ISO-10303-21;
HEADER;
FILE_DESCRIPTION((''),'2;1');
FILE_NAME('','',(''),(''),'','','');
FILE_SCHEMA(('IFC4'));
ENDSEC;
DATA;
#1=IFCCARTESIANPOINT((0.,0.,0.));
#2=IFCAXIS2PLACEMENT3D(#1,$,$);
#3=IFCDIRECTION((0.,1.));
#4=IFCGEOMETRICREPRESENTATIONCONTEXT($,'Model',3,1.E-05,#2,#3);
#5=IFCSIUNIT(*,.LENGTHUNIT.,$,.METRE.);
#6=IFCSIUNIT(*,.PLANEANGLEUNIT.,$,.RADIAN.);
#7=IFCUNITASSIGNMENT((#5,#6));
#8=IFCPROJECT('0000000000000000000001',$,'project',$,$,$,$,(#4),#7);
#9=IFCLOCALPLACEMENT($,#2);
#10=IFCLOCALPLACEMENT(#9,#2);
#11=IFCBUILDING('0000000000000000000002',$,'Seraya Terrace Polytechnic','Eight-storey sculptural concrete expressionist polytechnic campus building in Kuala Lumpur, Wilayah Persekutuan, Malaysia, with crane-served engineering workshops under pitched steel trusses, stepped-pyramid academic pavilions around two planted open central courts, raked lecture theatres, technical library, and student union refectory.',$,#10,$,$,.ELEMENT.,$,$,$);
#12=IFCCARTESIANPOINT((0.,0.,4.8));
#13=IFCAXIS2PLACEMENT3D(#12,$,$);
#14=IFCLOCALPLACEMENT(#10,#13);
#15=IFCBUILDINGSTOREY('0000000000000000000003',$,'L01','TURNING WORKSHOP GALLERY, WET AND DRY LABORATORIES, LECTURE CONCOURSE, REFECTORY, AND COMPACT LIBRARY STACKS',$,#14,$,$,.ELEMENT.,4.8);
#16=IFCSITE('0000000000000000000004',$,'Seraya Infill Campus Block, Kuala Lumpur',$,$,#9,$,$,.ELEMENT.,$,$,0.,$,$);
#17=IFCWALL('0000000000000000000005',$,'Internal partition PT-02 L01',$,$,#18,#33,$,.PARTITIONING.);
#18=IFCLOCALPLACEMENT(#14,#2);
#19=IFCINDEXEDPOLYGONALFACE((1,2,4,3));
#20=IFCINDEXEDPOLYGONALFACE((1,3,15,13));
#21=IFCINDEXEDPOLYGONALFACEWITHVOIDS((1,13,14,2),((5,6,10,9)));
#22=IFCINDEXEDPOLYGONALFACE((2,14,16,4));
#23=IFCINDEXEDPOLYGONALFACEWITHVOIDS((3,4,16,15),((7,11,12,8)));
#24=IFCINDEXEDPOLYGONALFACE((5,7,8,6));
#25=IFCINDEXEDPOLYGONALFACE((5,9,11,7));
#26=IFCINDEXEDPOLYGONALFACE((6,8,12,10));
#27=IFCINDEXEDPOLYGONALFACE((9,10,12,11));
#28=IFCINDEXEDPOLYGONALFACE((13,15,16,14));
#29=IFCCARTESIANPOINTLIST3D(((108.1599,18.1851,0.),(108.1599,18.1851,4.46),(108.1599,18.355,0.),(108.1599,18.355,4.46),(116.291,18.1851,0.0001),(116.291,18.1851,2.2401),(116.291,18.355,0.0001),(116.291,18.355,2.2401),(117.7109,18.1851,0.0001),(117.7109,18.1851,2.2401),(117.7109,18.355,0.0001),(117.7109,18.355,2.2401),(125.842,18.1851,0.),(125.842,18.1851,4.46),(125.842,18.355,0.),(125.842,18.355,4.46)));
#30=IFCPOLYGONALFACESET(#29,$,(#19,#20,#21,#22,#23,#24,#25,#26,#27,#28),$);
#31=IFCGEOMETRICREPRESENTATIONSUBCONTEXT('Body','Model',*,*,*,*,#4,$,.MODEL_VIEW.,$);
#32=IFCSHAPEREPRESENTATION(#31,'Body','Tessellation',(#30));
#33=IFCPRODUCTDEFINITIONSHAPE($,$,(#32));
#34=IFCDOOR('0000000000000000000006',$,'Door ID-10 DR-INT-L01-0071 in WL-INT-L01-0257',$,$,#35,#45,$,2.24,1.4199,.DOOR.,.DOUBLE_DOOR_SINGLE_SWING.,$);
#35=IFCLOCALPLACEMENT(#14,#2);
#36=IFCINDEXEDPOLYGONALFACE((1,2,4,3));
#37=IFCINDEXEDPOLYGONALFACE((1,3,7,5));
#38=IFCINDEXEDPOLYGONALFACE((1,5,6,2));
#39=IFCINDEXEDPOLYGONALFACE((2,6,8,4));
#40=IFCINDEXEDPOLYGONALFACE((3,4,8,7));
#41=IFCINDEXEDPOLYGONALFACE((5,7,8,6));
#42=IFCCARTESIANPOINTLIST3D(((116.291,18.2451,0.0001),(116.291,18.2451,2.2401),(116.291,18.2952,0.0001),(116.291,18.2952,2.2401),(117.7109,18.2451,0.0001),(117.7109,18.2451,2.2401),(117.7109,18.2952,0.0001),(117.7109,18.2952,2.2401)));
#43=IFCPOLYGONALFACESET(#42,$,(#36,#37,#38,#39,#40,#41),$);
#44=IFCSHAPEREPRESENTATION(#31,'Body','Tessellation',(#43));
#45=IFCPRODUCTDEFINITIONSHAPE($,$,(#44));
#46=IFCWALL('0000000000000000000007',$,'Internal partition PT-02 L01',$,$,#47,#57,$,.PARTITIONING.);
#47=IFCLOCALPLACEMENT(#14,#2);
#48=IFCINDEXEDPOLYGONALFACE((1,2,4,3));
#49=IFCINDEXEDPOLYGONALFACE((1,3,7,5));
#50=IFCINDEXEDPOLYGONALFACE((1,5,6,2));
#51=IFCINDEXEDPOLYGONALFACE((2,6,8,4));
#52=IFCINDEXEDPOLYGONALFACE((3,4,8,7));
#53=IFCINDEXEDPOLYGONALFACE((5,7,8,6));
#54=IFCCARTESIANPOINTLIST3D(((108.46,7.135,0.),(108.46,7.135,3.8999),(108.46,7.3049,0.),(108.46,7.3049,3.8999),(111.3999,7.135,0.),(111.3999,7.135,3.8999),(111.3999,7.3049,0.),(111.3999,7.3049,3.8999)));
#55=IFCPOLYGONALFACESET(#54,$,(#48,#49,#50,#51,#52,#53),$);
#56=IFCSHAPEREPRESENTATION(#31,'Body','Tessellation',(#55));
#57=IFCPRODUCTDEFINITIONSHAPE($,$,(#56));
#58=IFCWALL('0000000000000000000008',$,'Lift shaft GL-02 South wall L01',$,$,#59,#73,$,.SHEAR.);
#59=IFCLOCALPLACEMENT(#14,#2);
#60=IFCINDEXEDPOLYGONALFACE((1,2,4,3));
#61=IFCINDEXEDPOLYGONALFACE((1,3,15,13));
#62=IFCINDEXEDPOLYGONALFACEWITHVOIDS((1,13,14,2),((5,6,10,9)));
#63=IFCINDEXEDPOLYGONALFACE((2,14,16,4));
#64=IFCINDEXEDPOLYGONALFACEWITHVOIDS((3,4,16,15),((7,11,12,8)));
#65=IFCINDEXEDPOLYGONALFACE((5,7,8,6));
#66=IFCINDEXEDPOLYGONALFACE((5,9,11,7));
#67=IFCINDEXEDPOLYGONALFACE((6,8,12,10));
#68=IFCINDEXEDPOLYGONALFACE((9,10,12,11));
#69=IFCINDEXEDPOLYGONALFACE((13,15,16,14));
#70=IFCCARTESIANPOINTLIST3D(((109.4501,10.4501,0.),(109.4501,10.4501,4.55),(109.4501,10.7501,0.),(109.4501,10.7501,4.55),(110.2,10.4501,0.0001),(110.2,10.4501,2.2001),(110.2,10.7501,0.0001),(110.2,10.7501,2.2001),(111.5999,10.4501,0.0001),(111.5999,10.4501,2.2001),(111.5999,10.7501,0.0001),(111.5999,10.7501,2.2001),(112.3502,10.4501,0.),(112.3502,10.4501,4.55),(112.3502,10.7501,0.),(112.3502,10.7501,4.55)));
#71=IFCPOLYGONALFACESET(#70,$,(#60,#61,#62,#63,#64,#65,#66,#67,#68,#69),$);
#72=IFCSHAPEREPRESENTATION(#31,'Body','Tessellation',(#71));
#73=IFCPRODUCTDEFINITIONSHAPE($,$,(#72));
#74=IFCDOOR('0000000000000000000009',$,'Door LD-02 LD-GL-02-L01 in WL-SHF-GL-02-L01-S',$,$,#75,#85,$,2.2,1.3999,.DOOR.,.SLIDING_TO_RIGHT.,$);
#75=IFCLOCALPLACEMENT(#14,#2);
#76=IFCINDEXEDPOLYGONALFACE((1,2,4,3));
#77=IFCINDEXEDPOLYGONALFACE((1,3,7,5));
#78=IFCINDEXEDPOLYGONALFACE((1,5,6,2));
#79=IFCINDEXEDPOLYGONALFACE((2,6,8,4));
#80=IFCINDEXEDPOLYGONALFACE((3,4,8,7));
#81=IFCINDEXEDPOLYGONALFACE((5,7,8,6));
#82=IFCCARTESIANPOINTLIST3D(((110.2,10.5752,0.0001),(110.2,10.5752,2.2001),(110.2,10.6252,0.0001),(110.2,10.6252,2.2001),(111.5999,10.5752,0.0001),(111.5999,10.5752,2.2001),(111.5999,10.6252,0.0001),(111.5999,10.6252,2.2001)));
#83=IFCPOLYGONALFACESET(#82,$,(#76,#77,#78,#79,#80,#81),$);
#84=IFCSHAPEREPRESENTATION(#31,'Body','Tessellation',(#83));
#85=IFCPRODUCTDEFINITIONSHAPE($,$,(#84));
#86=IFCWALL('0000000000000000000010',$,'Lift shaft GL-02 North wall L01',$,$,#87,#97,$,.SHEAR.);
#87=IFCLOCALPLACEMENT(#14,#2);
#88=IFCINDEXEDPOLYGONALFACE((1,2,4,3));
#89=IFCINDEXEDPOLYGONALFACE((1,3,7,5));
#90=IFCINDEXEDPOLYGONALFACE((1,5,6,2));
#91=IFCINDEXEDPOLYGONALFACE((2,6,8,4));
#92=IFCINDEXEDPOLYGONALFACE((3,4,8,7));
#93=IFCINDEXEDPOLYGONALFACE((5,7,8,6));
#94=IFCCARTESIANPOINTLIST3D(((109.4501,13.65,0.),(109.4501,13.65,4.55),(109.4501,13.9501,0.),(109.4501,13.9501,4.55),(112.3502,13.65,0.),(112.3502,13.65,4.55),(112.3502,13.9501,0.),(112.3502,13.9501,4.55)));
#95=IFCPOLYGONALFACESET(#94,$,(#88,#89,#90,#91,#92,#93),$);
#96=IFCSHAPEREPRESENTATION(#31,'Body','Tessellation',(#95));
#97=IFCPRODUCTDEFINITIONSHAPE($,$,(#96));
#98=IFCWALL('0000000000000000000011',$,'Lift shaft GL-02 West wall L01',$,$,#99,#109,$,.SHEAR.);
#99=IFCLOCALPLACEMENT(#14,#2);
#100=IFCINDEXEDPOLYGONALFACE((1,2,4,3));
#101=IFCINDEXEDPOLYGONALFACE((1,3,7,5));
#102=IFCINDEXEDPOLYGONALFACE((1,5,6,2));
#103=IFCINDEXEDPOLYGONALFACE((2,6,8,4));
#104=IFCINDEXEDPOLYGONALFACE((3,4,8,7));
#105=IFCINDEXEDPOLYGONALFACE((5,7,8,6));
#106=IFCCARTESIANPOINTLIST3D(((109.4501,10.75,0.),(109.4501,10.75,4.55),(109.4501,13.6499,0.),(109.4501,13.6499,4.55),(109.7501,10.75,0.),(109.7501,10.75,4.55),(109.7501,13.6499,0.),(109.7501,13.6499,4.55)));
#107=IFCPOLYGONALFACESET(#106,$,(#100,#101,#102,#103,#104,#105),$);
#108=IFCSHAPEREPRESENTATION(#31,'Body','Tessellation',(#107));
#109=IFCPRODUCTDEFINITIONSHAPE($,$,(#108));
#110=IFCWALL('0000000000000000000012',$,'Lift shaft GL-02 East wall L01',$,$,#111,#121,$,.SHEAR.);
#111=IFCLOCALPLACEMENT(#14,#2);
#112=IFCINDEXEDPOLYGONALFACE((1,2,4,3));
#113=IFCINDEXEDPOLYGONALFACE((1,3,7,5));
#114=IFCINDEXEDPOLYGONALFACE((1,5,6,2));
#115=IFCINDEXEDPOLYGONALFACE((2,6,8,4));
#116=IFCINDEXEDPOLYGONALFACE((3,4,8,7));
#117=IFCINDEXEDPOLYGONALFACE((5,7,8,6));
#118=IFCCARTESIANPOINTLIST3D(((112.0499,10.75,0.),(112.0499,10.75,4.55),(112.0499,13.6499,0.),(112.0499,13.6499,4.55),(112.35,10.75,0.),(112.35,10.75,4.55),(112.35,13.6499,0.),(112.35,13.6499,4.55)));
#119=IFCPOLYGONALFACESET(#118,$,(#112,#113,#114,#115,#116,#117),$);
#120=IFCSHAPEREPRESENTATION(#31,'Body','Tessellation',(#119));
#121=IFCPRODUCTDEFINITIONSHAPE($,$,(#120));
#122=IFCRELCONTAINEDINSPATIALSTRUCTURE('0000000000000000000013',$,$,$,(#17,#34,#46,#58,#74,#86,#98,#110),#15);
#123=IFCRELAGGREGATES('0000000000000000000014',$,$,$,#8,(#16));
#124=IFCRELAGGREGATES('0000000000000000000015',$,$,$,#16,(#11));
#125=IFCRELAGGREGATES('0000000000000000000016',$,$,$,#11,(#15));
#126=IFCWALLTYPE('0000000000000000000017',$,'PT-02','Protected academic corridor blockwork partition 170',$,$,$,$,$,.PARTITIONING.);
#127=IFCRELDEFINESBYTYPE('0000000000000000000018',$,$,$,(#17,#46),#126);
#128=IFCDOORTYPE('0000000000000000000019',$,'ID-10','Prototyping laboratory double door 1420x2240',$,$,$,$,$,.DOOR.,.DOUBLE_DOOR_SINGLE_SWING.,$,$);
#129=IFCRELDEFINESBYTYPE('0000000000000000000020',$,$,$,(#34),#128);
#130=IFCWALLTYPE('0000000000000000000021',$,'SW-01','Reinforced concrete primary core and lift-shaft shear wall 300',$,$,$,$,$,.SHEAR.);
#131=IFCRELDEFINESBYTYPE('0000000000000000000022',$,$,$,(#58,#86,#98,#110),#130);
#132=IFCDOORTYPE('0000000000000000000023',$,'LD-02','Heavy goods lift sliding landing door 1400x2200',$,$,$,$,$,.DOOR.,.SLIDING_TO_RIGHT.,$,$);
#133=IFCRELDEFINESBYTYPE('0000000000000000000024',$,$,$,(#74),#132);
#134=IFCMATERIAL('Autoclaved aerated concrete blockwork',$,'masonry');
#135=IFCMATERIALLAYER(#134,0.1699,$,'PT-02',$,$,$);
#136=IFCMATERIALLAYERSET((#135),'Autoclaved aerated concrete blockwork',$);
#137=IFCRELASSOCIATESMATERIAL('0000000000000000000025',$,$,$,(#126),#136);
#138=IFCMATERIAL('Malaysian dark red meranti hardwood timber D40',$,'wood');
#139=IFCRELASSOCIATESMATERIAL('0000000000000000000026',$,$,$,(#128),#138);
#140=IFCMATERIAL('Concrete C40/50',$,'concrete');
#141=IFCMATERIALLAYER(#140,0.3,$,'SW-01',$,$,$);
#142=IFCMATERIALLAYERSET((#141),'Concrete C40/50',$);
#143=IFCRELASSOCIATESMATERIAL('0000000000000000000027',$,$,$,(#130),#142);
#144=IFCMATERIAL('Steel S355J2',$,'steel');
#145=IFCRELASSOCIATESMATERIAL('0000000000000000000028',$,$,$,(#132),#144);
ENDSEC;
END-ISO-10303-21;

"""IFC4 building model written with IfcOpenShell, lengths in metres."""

from ifc_helpers import new_model, si_unit, direction, frame, frame_2d, origin, place, context, subcontext, project, spatial, rectangle, extrude, material, layer, layer_set, type_object, element, fill, save


model = new_model("IFC4")

# Units and contexts
model_context = context("Model", 3, precision=1e-05, world=origin(), true_north=direction((0.0, 1.0)))
body_context = subcontext(model_context, "Body", "Model", "MODEL_VIEW")
ifc_project = project(units=[si_unit("LENGTHUNIT", "METRE"), si_unit("PLANEANGLEUNIT", "RADIAN")], contexts=[model_context])

# Site, building, storey
site_placement = place(None, origin())
site = spatial("IfcSite", under=ifc_project, at=site_placement, Name="Seraya Infill Campus Block, Kuala Lumpur", CompositionType="ELEMENT", RefElevation=0.0)
building_placement = place(site_placement, origin())
building = spatial("IfcBuilding", under=site, at=building_placement, Name="Seraya Terrace Polytechnic", Description="Eight-storey sculptural concrete expressionist polytechnic campus building in Kuala Lumpur, Wilayah Persekutuan, Malaysia, with crane-served engineering workshops under pitched steel trusses, stepped-pyramid academic pavilions around two planted open central courts, raked lecture theatres, technical library, and student union refectory.", CompositionType="ELEMENT")
storey_placement = place(building_placement, frame((0.0, 0.0, 4.8)))
storey = spatial("IfcBuildingStorey", under=building, at=storey_placement, Name="L01", Description="TURNING WORKSHOP GALLERY, WET AND DRY LABORATORIES, LECTURE CONCOURSE, REFECTORY, AND COMPACT LIBRARY STACKS", CompositionType="ELEMENT", Elevation=4.8)

# Shared definitions
ifc_material_1 = material(Name="Concrete C40/50", Category="concrete")

# Shared definitions
ifc_material_2 = material(Name="Autoclaved aerated concrete blockwork", Category="masonry")
ifc_layer_1 = layer(ifc_material_2, 0.1699, Name="PT-02")
ifc_layer_set_1 = layer_set([ifc_layer_1], Name="Autoclaved aerated concrete blockwork")
wall_type_1 = type_object("IfcWallType", Name="PT-02", Description="Protected academic corridor blockwork partition 170", PredefinedType="PARTITIONING", material=ifc_layer_set_1)

# Shared definitions
ifc_material_3 = material(Name="Malaysian dark red meranti hardwood timber D40", Category="wood")

# Wall, opening, door
wall_1_placement = place(storey_placement, frame((108.1599, 18.27, 0.0), z_axis=(0.0, 0.0, 1.0), x_axis=(1.0, 0.0, 0.0)))
wall_1 = element("IfcWall", 1, at=wall_1_placement, inside=storey, type_object=wall_type_1, Name="Internal partition PT-02 L01", PredefinedType="PARTITIONING", context=body_context, shape_type="SweptSolid", body=[
    extrude(rectangle(XDim=17.6821, YDim=0.1699, at=frame_2d((8.8411, 0.0))), origin(), (0.0, 0.0, 1.0), 4.46),
])
opening_1_placement = place(wall_1_placement, frame((8.1311, 0.0, 0.0)))
opening_1 = element("IfcOpeningElement", 2, at=opening_1_placement, cuts=wall_1, PredefinedType="OPENING", context=body_context, shape_type="SweptSolid", body=[
    extrude(rectangle(XDim=1.4199, YDim=2.24, at=frame_2d((0.71, 1.1201))), frame((0.0, 0.0969, 0.0), z_axis=(0.0, -1.0, 0.0), x_axis=(1.0, 0.0, 0.0)), (0.0, 0.0, 1.0), 0.1938),
])
door_type_1 = type_object("IfcDoorType", Name="ID-10", Description="Prototyping laboratory double door 1420x2240", OperationType="DOUBLE_DOOR_SINGLE_SWING", PredefinedType="DOOR", material=ifc_material_3)
door_1_placement = place(opening_1_placement, frame((1.4199, 0.0, 0.0), z_axis=(0.0, 0.0, 1.0), x_axis=(-1.0, 0.0, 0.0)))
door_1 = element("IfcDoor", 3, at=door_1_placement, inside=storey, type_object=door_type_1, Name="Door ID-10 DR-INT-L01-0071 in WL-INT-L01-0257", OperationType="DOUBLE_DOOR_SINGLE_SWING", OverallHeight=2.24, OverallWidth=1.4199, PredefinedType="DOOR", context=body_context, shape_type="SweptSolid", body=[
    extrude(rectangle(XDim=1.4199, YDim=2.24, at=frame_2d((0.71, 1.1201))), frame((0.0, 0.0249, 0.0), z_axis=(0.0, -1.0, 0.0), x_axis=(1.0, 0.0, 0.0)), (0.0, 0.0, 1.0), 0.05),
])
fill(opening_1, door_1)

# Wall
wall_2_placement = place(storey_placement, frame((108.46, 7.22, 0.0), z_axis=(0.0, 0.0, 1.0), x_axis=(1.0, 0.0, 0.0)))
element("IfcWall", 4, at=wall_2_placement, inside=storey, type_object=wall_type_1, Name="Internal partition PT-02 L01", PredefinedType="PARTITIONING", context=body_context, shape_type="SweptSolid", body=[
    extrude(rectangle(XDim=2.9399, YDim=0.1699, at=frame_2d((1.47, 0.0))), origin(), (0.0, 0.0, 1.0), 3.8999),
])

# Wall, opening, door
ifc_layer_2 = layer(ifc_material_1, 0.3, Name="SW-01")
ifc_layer_set_2 = layer_set([ifc_layer_2], Name="Concrete C40/50")
wall_type_2 = type_object("IfcWallType", Name="SW-01", Description="Reinforced concrete primary core and lift-shaft shear wall 300", PredefinedType="SHEAR", material=ifc_layer_set_2)
wall_3_placement = place(storey_placement, frame((109.45, 10.6001, 0.0), z_axis=(0.0, 0.0, 1.0), x_axis=(1.0, 0.0, 0.0)))
wall_3 = element("IfcWall", 5, at=wall_3_placement, inside=storey, type_object=wall_type_2, Name="Lift shaft GL-02 South wall L01", PredefinedType="SHEAR", context=body_context, shape_type="SweptSolid", body=[
    extrude(rectangle(XDim=2.9001, YDim=0.3, at=frame_2d((1.4502, 0.0))), origin(), (0.0, 0.0, 1.0), 4.55),
])
opening_2_placement = place(wall_3_placement, frame((0.75, 0.0, 0.0)))
opening_2 = element("IfcOpeningElement", 6, at=opening_2_placement, cuts=wall_3, PredefinedType="OPENING", context=body_context, shape_type="SweptSolid", body=[
    extrude(rectangle(XDim=1.3999, YDim=2.2, at=frame_2d((0.7, 1.1001))), frame((0.0, 0.1621, 0.0), z_axis=(0.0, -1.0, 0.0), x_axis=(1.0, 0.0, 0.0)), (0.0, 0.0, 1.0), 0.324),
])
ifc_material_4 = material(Name="Steel S355J2", Category="steel")
door_type_2 = type_object("IfcDoorType", Name="LD-02", Description="Heavy goods lift sliding landing door 1400x2200", OperationType="SLIDING_TO_RIGHT", PredefinedType="DOOR", material=ifc_material_4)
door_2_placement = place(opening_2_placement, frame((1.3999, 0.0, 0.0), z_axis=(0.0, 0.0, 1.0), x_axis=(-1.0, 0.0, 0.0)))
door_2 = element("IfcDoor", 7, at=door_2_placement, inside=storey, type_object=door_type_2, Name="Door LD-02 LD-GL-02-L01 in WL-SHF-GL-02-L01-S", OperationType="SLIDING_TO_RIGHT", OverallHeight=2.2, OverallWidth=1.3999, PredefinedType="DOOR", context=body_context, shape_type="SweptSolid", body=[
    extrude(rectangle(XDim=1.3999, YDim=2.2, at=frame_2d((0.7, 1.1001))), frame((0.0, 0.0249, 0.0), z_axis=(0.0, -1.0, 0.0), x_axis=(1.0, 0.0, 0.0)), (0.0, 0.0, 1.0), 0.05),
])
fill(opening_2, door_2)

# Walls
wall_4_placement = place(storey_placement, frame((109.45, 13.8, 0.0), z_axis=(0.0, 0.0, 1.0), x_axis=(1.0, 0.0, 0.0)))
element("IfcWall", 8, at=wall_4_placement, inside=storey, type_object=wall_type_2, Name="Lift shaft GL-02 North wall L01", PredefinedType="SHEAR", context=body_context, shape_type="SweptSolid", body=[
    extrude(rectangle(XDim=2.9001, YDim=0.3, at=frame_2d((1.4502, 0.0))), origin(), (0.0, 0.0, 1.0), 4.55),
])
for number, where, z_axis, x_axis, name in (
    (9, (109.6001, 10.75, 0.0), (0.0, 0.0, 1.0), (0.0, 1.0, 0.0), "Lift shaft GL-02 West wall L01"),
    (10, (112.2, 10.75, 0.0), (0.0, 0.0, 1.0), (0.0, 1.0, 0.0), "Lift shaft GL-02 East wall L01"),
):
    element("IfcWall", number, at=place(storey_placement, frame(where, z_axis=z_axis, x_axis=x_axis)), inside=storey, type_object=wall_type_2, Name=name, PredefinedType="SHEAR", context=body_context, shape_type="SweptSolid", body=[
        extrude(rectangle(XDim=2.8999, YDim=0.3, at=frame_2d((1.45, 0.0))), origin(), (0.0, 0.0, 1.0), 4.55),
    ])

save(model, "model.ifc")
